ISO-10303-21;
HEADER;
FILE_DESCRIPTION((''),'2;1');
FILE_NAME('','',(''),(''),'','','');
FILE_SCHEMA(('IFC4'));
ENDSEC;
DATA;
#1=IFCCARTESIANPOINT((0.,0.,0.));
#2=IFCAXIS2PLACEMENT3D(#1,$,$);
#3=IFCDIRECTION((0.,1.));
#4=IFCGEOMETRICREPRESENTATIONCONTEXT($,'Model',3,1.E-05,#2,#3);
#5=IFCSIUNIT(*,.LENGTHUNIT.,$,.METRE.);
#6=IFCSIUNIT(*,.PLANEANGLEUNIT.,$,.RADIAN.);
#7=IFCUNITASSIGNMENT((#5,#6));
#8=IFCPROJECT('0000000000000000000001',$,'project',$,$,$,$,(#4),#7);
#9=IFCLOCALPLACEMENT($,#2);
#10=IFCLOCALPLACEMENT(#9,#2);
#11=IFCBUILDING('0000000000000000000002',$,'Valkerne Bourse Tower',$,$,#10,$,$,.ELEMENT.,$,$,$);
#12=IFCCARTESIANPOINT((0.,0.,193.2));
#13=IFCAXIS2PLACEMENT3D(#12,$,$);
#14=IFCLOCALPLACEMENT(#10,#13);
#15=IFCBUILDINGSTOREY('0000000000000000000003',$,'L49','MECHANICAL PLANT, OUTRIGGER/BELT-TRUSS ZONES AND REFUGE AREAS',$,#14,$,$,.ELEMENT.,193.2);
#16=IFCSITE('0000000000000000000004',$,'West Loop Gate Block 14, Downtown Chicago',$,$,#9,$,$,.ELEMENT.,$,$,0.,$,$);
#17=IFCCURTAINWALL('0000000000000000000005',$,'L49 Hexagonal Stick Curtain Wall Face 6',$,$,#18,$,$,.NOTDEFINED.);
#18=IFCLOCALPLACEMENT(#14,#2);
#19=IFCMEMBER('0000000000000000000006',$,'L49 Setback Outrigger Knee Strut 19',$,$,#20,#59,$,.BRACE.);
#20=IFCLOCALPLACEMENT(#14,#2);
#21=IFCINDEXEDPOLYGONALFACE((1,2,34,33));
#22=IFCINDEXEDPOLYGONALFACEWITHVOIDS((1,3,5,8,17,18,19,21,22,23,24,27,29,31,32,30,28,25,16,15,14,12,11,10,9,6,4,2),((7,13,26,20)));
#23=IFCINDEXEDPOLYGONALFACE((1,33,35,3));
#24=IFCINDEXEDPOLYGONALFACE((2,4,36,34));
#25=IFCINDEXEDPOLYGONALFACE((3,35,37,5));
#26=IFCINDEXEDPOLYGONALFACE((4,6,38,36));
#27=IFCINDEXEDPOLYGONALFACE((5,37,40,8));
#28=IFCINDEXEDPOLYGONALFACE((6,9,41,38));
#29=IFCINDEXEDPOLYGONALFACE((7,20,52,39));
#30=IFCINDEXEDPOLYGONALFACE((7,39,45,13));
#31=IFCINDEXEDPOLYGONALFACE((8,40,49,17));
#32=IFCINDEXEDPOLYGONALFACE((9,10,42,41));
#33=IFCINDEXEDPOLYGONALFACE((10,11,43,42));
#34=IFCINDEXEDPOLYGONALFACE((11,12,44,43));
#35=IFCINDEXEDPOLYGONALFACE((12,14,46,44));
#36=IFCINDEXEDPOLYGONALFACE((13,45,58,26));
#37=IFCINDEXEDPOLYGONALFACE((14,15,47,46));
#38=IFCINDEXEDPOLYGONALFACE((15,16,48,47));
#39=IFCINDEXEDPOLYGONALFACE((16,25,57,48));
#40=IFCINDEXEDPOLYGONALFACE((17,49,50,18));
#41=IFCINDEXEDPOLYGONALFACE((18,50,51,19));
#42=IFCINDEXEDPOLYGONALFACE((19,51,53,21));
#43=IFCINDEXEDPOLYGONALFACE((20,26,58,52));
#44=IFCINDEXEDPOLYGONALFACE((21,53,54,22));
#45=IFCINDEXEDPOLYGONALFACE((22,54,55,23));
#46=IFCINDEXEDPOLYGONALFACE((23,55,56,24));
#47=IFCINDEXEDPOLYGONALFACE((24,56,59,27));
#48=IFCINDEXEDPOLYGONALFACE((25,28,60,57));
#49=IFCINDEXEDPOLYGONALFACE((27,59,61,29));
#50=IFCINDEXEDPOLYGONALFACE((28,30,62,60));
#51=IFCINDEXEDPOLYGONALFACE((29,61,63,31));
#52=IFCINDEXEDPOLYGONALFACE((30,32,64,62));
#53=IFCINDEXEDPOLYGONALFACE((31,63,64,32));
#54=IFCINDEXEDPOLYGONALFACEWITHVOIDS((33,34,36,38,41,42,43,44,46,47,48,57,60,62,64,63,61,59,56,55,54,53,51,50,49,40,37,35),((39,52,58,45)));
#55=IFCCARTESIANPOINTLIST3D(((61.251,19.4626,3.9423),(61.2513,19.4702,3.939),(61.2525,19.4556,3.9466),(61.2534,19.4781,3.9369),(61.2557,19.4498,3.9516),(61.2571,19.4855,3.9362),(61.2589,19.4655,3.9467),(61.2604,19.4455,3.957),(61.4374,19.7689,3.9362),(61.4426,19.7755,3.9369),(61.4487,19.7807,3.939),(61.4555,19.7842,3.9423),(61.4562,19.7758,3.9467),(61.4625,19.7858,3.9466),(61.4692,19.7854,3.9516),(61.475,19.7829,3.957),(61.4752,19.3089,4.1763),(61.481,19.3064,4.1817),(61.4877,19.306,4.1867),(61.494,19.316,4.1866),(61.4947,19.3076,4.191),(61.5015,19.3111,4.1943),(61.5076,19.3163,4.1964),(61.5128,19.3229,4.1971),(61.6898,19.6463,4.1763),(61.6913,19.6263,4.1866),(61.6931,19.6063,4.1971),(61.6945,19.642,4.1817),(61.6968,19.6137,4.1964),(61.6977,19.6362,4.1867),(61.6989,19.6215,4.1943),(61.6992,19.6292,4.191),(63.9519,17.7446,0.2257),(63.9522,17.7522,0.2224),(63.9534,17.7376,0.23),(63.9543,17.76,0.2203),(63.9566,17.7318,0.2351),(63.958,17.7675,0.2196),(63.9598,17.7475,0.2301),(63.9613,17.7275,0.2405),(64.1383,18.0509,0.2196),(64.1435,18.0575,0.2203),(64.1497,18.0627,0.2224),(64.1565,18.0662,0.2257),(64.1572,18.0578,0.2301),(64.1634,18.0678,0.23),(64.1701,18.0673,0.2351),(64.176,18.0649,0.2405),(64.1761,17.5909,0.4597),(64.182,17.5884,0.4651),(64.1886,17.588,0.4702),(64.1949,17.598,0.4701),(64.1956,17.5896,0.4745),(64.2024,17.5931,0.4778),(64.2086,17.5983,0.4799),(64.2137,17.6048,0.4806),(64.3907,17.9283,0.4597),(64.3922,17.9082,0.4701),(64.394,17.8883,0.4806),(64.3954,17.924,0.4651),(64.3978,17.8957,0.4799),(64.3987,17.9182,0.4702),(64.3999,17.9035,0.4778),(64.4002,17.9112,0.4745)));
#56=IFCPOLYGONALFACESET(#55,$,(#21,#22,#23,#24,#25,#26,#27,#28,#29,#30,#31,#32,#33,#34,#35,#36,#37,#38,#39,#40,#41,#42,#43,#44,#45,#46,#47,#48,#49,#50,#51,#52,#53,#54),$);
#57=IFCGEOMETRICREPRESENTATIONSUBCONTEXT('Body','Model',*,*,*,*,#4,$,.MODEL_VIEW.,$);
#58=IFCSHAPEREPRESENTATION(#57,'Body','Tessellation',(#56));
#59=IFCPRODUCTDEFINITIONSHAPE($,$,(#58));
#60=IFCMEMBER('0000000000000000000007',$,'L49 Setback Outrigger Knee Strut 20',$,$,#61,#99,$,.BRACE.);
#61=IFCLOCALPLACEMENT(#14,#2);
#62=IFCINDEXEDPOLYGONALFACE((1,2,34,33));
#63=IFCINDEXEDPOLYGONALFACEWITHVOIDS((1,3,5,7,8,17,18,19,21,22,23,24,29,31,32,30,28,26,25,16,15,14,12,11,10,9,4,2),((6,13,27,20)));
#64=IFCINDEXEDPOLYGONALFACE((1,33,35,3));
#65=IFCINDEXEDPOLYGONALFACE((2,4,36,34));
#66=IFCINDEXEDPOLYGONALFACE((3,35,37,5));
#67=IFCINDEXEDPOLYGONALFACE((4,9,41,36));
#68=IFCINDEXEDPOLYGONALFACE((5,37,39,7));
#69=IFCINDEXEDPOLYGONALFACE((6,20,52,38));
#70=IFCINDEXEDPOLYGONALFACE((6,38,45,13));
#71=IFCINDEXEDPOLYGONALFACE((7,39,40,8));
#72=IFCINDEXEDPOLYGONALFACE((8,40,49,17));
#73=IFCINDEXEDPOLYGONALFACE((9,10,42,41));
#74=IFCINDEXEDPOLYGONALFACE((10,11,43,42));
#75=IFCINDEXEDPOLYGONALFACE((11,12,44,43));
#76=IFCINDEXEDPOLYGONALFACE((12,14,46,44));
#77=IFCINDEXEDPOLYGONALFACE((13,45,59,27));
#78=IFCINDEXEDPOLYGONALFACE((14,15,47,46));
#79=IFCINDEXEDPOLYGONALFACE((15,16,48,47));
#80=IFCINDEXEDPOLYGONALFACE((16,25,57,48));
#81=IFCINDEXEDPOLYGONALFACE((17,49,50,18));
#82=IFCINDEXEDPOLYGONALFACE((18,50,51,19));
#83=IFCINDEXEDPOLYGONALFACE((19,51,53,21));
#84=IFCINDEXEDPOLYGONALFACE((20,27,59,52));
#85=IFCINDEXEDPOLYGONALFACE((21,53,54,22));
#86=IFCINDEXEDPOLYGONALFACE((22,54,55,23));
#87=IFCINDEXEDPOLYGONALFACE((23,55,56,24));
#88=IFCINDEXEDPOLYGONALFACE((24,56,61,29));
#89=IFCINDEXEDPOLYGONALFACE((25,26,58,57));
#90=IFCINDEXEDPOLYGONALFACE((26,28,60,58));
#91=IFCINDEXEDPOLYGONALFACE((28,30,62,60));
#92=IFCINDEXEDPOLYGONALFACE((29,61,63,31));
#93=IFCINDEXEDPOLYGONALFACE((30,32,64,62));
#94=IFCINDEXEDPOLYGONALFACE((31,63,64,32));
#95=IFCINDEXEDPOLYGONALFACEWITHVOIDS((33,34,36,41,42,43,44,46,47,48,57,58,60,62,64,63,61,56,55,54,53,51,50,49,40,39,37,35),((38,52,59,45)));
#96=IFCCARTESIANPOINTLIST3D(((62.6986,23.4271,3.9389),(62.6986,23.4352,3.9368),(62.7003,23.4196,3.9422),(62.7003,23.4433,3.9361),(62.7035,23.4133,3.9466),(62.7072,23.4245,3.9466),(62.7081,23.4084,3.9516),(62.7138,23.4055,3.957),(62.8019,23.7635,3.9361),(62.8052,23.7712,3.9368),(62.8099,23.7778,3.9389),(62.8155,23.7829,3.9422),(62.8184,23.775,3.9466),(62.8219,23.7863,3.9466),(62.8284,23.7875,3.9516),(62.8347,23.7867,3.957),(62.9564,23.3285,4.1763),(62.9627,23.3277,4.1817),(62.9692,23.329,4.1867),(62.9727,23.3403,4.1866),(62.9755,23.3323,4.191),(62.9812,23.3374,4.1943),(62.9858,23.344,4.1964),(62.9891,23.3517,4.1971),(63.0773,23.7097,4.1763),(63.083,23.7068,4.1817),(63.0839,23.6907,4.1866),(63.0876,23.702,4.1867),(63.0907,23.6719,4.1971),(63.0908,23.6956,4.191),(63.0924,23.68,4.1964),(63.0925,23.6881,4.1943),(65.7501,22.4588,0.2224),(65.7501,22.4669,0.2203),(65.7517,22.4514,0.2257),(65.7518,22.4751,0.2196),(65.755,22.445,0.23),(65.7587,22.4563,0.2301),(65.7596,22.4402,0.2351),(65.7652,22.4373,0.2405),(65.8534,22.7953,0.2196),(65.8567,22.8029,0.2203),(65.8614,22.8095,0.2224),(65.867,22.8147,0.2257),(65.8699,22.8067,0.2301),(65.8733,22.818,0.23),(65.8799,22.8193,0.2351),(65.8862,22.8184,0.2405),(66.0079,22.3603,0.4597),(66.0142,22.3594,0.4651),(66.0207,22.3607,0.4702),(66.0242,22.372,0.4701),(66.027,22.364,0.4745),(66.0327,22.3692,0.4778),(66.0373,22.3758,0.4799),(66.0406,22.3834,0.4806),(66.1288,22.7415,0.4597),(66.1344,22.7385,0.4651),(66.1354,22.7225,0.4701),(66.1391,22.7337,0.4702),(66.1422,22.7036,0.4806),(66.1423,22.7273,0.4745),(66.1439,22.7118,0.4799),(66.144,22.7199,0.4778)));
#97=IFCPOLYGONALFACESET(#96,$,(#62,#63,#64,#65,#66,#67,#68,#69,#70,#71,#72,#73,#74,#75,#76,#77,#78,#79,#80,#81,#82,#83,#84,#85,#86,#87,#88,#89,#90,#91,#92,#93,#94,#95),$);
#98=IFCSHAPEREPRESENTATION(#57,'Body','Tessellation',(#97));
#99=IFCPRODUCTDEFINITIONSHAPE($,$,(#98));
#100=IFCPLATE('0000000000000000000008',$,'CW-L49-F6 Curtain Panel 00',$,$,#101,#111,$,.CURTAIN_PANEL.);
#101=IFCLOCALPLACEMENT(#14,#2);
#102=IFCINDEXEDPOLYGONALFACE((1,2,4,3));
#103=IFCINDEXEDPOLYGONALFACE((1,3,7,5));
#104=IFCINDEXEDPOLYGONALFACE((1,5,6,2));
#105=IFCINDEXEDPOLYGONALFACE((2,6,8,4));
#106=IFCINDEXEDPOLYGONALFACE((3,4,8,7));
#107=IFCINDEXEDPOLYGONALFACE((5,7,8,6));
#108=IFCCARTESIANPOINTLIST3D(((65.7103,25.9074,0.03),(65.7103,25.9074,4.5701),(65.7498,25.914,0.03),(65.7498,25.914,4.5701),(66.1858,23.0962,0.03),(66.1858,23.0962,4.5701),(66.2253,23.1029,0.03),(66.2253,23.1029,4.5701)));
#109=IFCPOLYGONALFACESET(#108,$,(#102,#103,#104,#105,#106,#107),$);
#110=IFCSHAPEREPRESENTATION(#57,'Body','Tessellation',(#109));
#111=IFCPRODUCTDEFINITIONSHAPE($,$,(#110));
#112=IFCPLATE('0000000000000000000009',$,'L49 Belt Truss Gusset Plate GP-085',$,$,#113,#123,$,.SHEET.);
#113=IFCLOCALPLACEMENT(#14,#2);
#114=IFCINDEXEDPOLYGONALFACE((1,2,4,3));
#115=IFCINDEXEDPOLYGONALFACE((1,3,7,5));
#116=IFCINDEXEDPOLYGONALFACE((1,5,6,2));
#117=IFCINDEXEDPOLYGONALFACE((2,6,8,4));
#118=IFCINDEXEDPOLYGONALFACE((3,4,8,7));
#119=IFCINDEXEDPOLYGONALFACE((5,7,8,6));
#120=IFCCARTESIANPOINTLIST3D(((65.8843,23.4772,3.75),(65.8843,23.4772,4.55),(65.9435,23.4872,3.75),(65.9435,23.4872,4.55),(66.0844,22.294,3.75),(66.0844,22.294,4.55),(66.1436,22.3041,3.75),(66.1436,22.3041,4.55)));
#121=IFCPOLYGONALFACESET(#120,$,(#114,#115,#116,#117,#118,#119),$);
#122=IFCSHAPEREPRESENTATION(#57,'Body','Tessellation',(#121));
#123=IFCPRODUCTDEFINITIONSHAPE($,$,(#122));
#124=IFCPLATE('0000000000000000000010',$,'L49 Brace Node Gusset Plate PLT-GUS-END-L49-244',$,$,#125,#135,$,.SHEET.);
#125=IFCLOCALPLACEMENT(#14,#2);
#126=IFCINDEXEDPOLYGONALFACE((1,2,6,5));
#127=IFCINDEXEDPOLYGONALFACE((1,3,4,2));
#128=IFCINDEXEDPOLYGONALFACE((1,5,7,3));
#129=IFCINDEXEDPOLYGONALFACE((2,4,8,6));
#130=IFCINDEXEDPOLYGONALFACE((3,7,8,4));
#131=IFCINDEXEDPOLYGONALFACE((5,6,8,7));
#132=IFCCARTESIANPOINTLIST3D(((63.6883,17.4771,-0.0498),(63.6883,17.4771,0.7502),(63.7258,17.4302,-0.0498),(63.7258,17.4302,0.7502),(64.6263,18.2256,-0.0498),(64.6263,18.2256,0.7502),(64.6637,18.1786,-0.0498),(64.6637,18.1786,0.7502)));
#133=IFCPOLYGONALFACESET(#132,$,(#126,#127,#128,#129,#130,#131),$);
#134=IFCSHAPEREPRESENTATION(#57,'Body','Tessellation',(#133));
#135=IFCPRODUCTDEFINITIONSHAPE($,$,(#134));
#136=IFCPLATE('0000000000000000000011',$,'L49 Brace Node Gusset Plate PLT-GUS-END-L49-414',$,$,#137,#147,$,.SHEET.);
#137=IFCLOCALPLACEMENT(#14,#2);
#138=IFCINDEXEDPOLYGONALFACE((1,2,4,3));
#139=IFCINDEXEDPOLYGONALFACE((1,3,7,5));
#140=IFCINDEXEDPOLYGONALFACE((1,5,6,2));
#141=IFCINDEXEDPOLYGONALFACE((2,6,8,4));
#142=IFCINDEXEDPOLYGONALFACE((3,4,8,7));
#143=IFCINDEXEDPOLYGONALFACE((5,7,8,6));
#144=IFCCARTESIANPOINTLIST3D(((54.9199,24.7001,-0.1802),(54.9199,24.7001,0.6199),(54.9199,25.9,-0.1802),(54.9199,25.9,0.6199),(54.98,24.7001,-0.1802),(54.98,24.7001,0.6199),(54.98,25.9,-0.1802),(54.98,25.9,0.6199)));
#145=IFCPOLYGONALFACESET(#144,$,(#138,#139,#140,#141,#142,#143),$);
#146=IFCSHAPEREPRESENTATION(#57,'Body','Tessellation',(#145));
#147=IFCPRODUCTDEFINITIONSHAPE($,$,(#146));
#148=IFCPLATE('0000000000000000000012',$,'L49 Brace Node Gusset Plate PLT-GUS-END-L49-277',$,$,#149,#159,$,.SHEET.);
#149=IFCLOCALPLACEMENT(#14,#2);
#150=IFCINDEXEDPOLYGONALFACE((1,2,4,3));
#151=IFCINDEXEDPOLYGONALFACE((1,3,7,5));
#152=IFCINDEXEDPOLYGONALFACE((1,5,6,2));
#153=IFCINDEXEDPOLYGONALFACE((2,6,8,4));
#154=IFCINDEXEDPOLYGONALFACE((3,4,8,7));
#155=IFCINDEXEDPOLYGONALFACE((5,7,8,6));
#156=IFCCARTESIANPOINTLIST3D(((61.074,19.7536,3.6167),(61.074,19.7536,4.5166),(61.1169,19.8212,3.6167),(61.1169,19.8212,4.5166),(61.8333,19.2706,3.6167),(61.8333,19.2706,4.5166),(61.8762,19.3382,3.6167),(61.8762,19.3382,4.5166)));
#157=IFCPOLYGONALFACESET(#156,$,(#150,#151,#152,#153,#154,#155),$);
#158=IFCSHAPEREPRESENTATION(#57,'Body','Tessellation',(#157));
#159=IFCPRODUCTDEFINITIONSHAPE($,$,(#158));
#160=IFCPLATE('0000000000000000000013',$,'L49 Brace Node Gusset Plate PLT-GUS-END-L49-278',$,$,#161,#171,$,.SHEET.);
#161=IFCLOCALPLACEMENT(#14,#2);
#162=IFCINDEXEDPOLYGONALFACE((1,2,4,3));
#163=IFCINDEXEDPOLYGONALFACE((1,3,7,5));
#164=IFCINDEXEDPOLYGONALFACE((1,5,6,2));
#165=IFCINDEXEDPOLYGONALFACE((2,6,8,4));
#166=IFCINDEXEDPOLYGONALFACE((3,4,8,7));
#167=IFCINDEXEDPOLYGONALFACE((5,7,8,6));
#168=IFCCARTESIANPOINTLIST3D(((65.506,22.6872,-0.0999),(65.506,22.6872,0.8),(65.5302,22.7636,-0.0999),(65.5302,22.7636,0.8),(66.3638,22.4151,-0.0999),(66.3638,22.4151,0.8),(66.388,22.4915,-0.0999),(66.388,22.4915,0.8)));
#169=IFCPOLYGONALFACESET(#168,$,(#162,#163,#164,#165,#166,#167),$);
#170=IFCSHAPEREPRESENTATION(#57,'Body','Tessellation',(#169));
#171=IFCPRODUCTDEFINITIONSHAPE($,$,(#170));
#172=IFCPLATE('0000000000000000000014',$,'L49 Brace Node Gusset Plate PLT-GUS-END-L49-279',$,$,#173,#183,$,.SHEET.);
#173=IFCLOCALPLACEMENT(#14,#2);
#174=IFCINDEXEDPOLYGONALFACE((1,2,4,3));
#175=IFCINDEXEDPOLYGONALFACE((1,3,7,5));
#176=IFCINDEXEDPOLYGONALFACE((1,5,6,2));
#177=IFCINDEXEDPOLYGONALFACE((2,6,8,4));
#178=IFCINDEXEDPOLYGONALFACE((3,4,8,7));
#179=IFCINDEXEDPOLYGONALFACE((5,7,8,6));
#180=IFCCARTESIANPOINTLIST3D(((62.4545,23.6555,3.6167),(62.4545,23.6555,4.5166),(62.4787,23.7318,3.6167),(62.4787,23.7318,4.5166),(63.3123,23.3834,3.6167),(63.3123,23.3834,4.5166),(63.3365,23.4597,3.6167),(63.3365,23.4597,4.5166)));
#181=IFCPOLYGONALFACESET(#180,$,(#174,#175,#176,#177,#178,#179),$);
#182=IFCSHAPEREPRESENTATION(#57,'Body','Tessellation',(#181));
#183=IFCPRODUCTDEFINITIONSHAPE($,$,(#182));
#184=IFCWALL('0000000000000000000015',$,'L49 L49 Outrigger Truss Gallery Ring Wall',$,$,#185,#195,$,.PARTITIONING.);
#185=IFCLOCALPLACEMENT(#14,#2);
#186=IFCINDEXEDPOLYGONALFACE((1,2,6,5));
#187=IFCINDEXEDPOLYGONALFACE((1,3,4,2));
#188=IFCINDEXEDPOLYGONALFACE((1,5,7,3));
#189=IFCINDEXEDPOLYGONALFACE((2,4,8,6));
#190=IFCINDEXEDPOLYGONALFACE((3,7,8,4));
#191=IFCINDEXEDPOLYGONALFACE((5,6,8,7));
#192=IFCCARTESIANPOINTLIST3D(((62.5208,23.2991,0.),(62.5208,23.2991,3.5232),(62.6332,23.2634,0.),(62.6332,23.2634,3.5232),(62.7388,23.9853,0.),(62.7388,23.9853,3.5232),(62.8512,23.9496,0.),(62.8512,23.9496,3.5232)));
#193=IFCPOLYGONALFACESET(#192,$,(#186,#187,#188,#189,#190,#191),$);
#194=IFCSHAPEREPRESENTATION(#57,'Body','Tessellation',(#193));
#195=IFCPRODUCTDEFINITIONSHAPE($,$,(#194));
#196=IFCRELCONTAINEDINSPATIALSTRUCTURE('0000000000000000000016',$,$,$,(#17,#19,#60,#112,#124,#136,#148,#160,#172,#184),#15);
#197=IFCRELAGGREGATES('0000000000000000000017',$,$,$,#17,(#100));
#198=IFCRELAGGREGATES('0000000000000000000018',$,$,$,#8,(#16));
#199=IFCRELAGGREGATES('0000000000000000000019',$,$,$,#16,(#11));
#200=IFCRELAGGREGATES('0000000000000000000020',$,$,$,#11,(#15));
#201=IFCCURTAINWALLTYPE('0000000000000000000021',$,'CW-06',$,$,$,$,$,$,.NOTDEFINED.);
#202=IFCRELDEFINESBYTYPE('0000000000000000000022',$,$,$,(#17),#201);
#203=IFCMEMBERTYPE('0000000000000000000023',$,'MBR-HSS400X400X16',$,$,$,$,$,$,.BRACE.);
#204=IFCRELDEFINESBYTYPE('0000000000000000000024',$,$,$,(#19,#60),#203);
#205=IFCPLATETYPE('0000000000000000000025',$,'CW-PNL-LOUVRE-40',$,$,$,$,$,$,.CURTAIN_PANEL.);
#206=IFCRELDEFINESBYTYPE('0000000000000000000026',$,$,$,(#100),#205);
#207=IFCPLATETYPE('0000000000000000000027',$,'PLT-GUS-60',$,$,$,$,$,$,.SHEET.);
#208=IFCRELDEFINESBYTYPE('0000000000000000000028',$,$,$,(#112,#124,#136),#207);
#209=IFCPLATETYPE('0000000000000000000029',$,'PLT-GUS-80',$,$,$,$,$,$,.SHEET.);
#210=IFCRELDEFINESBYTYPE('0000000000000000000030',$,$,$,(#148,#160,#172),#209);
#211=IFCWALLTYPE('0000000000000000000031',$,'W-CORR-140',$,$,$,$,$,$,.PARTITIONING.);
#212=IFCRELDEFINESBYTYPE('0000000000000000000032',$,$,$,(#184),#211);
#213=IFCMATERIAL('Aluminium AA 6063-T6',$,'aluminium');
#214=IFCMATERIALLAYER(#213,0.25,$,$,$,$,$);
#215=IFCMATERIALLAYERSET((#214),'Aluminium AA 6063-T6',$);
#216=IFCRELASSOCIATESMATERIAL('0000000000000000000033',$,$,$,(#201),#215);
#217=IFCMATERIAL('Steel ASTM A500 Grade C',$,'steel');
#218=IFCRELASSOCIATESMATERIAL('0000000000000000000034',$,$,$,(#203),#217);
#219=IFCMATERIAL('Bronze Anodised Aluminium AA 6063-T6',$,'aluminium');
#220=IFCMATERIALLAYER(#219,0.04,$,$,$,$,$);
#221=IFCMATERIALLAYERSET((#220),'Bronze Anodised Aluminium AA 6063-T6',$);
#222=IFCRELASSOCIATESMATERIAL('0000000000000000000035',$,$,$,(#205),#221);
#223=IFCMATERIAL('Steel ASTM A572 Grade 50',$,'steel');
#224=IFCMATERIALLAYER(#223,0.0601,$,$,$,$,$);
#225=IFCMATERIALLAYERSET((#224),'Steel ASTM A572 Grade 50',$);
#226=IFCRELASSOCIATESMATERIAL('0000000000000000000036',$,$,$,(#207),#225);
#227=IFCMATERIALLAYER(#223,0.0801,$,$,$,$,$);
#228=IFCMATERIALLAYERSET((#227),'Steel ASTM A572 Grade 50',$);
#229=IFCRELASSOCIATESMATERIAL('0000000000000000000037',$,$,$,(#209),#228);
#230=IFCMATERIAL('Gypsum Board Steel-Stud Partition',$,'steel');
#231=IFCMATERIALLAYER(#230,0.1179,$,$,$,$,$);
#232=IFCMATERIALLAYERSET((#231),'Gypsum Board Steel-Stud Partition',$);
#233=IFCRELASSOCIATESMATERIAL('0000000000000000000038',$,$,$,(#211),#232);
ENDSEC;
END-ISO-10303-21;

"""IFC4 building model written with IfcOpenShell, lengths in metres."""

from ifc_helpers import new_model, si_unit, direction, frame, frame_2d, origin, origin_2d, place, context, subcontext, project, spatial, rectangle, hollow_rectangle, extrude, material, layer, layer_set, material_profile, profile_set, type_object, element, aggregate, save


model = new_model("IFC4")

# Units and contexts
model_context = context("Model", 3, precision=1e-05, world=origin(), true_north=direction((0.0, 1.0)))
body_context = subcontext(model_context, "Body", "Model", "MODEL_VIEW")
ifc_project = project(units=[si_unit("LENGTHUNIT", "METRE"), si_unit("PLANEANGLEUNIT", "RADIAN")], contexts=[model_context])

# Site, building, storey
site_placement = place(None, origin())
site = spatial("IfcSite", under=ifc_project, at=site_placement, Name="West Loop Gate Block 14, Downtown Chicago", CompositionType="ELEMENT", RefElevation=0.0)
building_placement = place(site_placement, origin())
building = spatial("IfcBuilding", under=site, at=building_placement, Name="Valkerne Bourse Tower", CompositionType="ELEMENT")
storey_placement = place(building_placement, frame((0.0, 0.0, 193.2)))
storey = spatial("IfcBuildingStorey", under=building, at=storey_placement, Name="L49", Description="MECHANICAL PLANT, OUTRIGGER/BELT-TRUSS ZONES AND REFUGE AREAS", CompositionType="ELEMENT", Elevation=193.2)

# Curtain wall
ifc_material_1 = material(Name="Aluminium AA 6063-T6", Category="aluminium")
ifc_layer_1 = layer(ifc_material_1, 0.25)
ifc_layer_set_1 = layer_set([ifc_layer_1], Name="Aluminium AA 6063-T6")
curtain_wall_type = type_object("IfcCurtainWallType", Name="CW-06", PredefinedType="NOTDEFINED", material=ifc_layer_set_1)
curtain_wall_placement = place(storey_placement, origin())
curtain_wall = element("IfcCurtainWall", 1, at=curtain_wall_placement, inside=storey, type_object=curtain_wall_type, Name="L49 Hexagonal Stick Curtain Wall Face 6", PredefinedType="NOTDEFINED")

# Members
ifc_material_2 = material(Name="Steel ASTM A500 Grade C", Category="steel")
ifc_material_profile_1 = material_profile(ifc_material_2, hollow_rectangle(XDim=0.3999, YDim=0.3999, WallThickness=0.0161, OuterFilletRadius=0.032, at=origin_2d()), Name="HSS400X400X16")
ifc_profile_set_1 = profile_set([ifc_material_profile_1], Name="Steel ASTM A500 Grade C")
member_type_1 = type_object("IfcMemberType", Name="MBR-HSS400X400X16", PredefinedType="BRACE", material=ifc_profile_set_1)
member_1_placement = place(storey_placement, frame((64.176, 17.8279, 0.3501), z_axis=(-0.550644, 0.350256, 0.757702), x_axis=(-0.536708, -0.843768, 0.0)))
element("IfcMember", 2, at=member_1_placement, inside=storey, type_object=member_type_1, Name="L49 Setback Outrigger Knee Strut 19", PredefinedType="BRACE", context=body_context, shape_type="SweptSolid", body=[
    extrude(hollow_rectangle(XDim=0.3999, YDim=0.3999, WallThickness=0.0161, OuterFilletRadius=0.032, at=origin_2d()), origin(), (0.0, 0.0, 1.0), 4.905),
])
member_2_placement = place(storey_placement, frame((65.947, 22.5894, 0.3501), z_axis=(-0.622084, 0.197391, 0.75766), x_axis=(-0.302445, -0.953167, 0.0)))
element("IfcMember", 3, at=member_2_placement, inside=storey, type_object=member_type_1, Name="L49 Setback Outrigger Knee Strut 20", PredefinedType="BRACE", context=body_context, shape_type="SweptSolid", body=[
    extrude(hollow_rectangle(XDim=0.3999, YDim=0.3999, WallThickness=0.0161, OuterFilletRadius=0.032, at=origin_2d()), origin(), (0.0, 0.0, 1.0), 4.9053),
])

# Plate
ifc_material_3 = material(Name="Bronze Anodised Aluminium AA 6063-T6", Category="aluminium")
ifc_layer_2 = layer(ifc_material_3, 0.04)
ifc_layer_set_2 = layer_set([ifc_layer_2], Name="Bronze Anodised Aluminium AA 6063-T6")
plate_type_1 = type_object("IfcPlateType", Name="CW-PNL-LOUVRE-40", PredefinedType="CURTAIN_PANEL", material=ifc_layer_set_2)
plate_placement = place(storey_placement, frame((65.9678, 24.5051, 0.03), z_axis=(0.0, 0.0, 1.0), x_axis=(-0.166772, 0.985995, 0.0)))
plate = element("IfcPlate", 4, at=plate_placement, type_object=plate_type_1, Name="CW-L49-F6 Curtain Panel 00", PredefinedType="CURTAIN_PANEL", context=body_context, shape_type="SweptSolid", body=[
    extrude(rectangle(XDim=2.8511, YDim=0.04, at=origin_2d()), origin(), (0.0, 0.0, 1.0), 4.54),
])
aggregate(curtain_wall, [plate])

# Plates
ifc_material_4 = material(Name="Steel ASTM A572 Grade 50", Category="steel")
ifc_layer_3 = layer(ifc_material_4, 0.0601)
ifc_layer_set_3 = layer_set([ifc_layer_3], Name="Steel ASTM A572 Grade 50")
plate_type_2 = type_object("IfcPlateType", Name="PLT-GUS-60", PredefinedType="SHEET", material=ifc_layer_set_3)
for number, where, z_axis, x_axis, name in (
    (5, (66.0139, 22.8906, 3.75), (0.0, 0.0, 1.0), (-0.166769, 0.985996, 0.0), "L49 Belt Truss Gusset Plate GP-085"),
    (6, (64.176, 17.8279, -0.0498), (0.0, 0.0, 1.0), (-0.781629, -0.623743, 0.0), "L49 Brace Node Gusset Plate PLT-GUS-END-L49-244"),
    (7, (54.95, 25.3, -0.1802), (0.0, 0.0, 1.0), (0.0, 1.0, 0.0), "L49 Brace Node Gusset Plate PLT-GUS-END-L49-414"),
):
    element("IfcPlate", number, at=place(storey_placement, frame(where, z_axis=z_axis, x_axis=x_axis)), inside=storey, type_object=plate_type_2, Name=name, PredefinedType="SHEET", context=body_context, shape_type="SweptSolid", body=[
        extrude(rectangle(XDim=1.2, YDim=0.0601, at=origin_2d()), origin(), (0.0, 0.0, 1.0), 0.8),
    ])
ifc_layer_4 = layer(ifc_material_4, 0.0801)
ifc_layer_set_4 = layer_set([ifc_layer_4], Name="Steel ASTM A572 Grade 50")
plate_type_3 = type_object("IfcPlateType", Name="PLT-GUS-80", PredefinedType="SHEET", material=ifc_layer_set_4)
for number, where, z_axis, x_axis, name in (
    (8, (61.4751, 19.5459, 3.6167), (0.0, 0.0, 1.0), (-0.843766, 0.536711, 0.0), "L49 Brace Node Gusset Plate PLT-GUS-END-L49-277"),
    (9, (65.947, 22.5894, -0.0999), (0.0, 0.0, 1.0), (-0.953191, 0.30237, 0.0), "L49 Brace Node Gusset Plate PLT-GUS-END-L49-278"),
    (10, (62.8955, 23.5576, 3.6167), (0.0, 0.0, 1.0), (-0.953191, 0.30237, 0.0), "L49 Brace Node Gusset Plate PLT-GUS-END-L49-279"),
):
    element("IfcPlate", number, at=place(storey_placement, frame(where, z_axis=z_axis, x_axis=x_axis)), inside=storey, type_object=plate_type_3, Name=name, PredefinedType="SHEET", context=body_context, shape_type="SweptSolid", body=[
        extrude(rectangle(XDim=0.8999, YDim=0.0801, at=origin_2d()), origin(), (0.0, 0.0, 1.0), 0.8999),
    ])

# Wall
ifc_material_5 = material(Name="Gypsum Board Steel-Stud Partition", Category="steel")
ifc_layer_5 = layer(ifc_material_5, 0.1179)
ifc_layer_set_5 = layer_set([ifc_layer_5], Name="Gypsum Board Steel-Stud Partition")
wall_type_1 = type_object("IfcWallType", Name="W-CORR-140", PredefinedType="PARTITIONING", material=ifc_layer_set_5)
wall_1_placement = place(storey_placement, frame((62.7949, 23.9673, 0.0), z_axis=(0.0, 0.0, 1.0), x_axis=(-0.30277, -0.953064, 0.0)))
element("IfcWall", 11, at=wall_1_placement, inside=storey, type_object=wall_type_1, Name="L49 L49 Outrigger Truss Gallery Ring Wall", PredefinedType="PARTITIONING", context=body_context, shape_type="SweptSolid", body=[
    extrude(rectangle(XDim=0.72, YDim=0.1179, at=frame_2d((0.3599, 0.0))), origin(), (0.0, 0.0, 1.0), 3.5232),
])

save(model, "model.ifc")
